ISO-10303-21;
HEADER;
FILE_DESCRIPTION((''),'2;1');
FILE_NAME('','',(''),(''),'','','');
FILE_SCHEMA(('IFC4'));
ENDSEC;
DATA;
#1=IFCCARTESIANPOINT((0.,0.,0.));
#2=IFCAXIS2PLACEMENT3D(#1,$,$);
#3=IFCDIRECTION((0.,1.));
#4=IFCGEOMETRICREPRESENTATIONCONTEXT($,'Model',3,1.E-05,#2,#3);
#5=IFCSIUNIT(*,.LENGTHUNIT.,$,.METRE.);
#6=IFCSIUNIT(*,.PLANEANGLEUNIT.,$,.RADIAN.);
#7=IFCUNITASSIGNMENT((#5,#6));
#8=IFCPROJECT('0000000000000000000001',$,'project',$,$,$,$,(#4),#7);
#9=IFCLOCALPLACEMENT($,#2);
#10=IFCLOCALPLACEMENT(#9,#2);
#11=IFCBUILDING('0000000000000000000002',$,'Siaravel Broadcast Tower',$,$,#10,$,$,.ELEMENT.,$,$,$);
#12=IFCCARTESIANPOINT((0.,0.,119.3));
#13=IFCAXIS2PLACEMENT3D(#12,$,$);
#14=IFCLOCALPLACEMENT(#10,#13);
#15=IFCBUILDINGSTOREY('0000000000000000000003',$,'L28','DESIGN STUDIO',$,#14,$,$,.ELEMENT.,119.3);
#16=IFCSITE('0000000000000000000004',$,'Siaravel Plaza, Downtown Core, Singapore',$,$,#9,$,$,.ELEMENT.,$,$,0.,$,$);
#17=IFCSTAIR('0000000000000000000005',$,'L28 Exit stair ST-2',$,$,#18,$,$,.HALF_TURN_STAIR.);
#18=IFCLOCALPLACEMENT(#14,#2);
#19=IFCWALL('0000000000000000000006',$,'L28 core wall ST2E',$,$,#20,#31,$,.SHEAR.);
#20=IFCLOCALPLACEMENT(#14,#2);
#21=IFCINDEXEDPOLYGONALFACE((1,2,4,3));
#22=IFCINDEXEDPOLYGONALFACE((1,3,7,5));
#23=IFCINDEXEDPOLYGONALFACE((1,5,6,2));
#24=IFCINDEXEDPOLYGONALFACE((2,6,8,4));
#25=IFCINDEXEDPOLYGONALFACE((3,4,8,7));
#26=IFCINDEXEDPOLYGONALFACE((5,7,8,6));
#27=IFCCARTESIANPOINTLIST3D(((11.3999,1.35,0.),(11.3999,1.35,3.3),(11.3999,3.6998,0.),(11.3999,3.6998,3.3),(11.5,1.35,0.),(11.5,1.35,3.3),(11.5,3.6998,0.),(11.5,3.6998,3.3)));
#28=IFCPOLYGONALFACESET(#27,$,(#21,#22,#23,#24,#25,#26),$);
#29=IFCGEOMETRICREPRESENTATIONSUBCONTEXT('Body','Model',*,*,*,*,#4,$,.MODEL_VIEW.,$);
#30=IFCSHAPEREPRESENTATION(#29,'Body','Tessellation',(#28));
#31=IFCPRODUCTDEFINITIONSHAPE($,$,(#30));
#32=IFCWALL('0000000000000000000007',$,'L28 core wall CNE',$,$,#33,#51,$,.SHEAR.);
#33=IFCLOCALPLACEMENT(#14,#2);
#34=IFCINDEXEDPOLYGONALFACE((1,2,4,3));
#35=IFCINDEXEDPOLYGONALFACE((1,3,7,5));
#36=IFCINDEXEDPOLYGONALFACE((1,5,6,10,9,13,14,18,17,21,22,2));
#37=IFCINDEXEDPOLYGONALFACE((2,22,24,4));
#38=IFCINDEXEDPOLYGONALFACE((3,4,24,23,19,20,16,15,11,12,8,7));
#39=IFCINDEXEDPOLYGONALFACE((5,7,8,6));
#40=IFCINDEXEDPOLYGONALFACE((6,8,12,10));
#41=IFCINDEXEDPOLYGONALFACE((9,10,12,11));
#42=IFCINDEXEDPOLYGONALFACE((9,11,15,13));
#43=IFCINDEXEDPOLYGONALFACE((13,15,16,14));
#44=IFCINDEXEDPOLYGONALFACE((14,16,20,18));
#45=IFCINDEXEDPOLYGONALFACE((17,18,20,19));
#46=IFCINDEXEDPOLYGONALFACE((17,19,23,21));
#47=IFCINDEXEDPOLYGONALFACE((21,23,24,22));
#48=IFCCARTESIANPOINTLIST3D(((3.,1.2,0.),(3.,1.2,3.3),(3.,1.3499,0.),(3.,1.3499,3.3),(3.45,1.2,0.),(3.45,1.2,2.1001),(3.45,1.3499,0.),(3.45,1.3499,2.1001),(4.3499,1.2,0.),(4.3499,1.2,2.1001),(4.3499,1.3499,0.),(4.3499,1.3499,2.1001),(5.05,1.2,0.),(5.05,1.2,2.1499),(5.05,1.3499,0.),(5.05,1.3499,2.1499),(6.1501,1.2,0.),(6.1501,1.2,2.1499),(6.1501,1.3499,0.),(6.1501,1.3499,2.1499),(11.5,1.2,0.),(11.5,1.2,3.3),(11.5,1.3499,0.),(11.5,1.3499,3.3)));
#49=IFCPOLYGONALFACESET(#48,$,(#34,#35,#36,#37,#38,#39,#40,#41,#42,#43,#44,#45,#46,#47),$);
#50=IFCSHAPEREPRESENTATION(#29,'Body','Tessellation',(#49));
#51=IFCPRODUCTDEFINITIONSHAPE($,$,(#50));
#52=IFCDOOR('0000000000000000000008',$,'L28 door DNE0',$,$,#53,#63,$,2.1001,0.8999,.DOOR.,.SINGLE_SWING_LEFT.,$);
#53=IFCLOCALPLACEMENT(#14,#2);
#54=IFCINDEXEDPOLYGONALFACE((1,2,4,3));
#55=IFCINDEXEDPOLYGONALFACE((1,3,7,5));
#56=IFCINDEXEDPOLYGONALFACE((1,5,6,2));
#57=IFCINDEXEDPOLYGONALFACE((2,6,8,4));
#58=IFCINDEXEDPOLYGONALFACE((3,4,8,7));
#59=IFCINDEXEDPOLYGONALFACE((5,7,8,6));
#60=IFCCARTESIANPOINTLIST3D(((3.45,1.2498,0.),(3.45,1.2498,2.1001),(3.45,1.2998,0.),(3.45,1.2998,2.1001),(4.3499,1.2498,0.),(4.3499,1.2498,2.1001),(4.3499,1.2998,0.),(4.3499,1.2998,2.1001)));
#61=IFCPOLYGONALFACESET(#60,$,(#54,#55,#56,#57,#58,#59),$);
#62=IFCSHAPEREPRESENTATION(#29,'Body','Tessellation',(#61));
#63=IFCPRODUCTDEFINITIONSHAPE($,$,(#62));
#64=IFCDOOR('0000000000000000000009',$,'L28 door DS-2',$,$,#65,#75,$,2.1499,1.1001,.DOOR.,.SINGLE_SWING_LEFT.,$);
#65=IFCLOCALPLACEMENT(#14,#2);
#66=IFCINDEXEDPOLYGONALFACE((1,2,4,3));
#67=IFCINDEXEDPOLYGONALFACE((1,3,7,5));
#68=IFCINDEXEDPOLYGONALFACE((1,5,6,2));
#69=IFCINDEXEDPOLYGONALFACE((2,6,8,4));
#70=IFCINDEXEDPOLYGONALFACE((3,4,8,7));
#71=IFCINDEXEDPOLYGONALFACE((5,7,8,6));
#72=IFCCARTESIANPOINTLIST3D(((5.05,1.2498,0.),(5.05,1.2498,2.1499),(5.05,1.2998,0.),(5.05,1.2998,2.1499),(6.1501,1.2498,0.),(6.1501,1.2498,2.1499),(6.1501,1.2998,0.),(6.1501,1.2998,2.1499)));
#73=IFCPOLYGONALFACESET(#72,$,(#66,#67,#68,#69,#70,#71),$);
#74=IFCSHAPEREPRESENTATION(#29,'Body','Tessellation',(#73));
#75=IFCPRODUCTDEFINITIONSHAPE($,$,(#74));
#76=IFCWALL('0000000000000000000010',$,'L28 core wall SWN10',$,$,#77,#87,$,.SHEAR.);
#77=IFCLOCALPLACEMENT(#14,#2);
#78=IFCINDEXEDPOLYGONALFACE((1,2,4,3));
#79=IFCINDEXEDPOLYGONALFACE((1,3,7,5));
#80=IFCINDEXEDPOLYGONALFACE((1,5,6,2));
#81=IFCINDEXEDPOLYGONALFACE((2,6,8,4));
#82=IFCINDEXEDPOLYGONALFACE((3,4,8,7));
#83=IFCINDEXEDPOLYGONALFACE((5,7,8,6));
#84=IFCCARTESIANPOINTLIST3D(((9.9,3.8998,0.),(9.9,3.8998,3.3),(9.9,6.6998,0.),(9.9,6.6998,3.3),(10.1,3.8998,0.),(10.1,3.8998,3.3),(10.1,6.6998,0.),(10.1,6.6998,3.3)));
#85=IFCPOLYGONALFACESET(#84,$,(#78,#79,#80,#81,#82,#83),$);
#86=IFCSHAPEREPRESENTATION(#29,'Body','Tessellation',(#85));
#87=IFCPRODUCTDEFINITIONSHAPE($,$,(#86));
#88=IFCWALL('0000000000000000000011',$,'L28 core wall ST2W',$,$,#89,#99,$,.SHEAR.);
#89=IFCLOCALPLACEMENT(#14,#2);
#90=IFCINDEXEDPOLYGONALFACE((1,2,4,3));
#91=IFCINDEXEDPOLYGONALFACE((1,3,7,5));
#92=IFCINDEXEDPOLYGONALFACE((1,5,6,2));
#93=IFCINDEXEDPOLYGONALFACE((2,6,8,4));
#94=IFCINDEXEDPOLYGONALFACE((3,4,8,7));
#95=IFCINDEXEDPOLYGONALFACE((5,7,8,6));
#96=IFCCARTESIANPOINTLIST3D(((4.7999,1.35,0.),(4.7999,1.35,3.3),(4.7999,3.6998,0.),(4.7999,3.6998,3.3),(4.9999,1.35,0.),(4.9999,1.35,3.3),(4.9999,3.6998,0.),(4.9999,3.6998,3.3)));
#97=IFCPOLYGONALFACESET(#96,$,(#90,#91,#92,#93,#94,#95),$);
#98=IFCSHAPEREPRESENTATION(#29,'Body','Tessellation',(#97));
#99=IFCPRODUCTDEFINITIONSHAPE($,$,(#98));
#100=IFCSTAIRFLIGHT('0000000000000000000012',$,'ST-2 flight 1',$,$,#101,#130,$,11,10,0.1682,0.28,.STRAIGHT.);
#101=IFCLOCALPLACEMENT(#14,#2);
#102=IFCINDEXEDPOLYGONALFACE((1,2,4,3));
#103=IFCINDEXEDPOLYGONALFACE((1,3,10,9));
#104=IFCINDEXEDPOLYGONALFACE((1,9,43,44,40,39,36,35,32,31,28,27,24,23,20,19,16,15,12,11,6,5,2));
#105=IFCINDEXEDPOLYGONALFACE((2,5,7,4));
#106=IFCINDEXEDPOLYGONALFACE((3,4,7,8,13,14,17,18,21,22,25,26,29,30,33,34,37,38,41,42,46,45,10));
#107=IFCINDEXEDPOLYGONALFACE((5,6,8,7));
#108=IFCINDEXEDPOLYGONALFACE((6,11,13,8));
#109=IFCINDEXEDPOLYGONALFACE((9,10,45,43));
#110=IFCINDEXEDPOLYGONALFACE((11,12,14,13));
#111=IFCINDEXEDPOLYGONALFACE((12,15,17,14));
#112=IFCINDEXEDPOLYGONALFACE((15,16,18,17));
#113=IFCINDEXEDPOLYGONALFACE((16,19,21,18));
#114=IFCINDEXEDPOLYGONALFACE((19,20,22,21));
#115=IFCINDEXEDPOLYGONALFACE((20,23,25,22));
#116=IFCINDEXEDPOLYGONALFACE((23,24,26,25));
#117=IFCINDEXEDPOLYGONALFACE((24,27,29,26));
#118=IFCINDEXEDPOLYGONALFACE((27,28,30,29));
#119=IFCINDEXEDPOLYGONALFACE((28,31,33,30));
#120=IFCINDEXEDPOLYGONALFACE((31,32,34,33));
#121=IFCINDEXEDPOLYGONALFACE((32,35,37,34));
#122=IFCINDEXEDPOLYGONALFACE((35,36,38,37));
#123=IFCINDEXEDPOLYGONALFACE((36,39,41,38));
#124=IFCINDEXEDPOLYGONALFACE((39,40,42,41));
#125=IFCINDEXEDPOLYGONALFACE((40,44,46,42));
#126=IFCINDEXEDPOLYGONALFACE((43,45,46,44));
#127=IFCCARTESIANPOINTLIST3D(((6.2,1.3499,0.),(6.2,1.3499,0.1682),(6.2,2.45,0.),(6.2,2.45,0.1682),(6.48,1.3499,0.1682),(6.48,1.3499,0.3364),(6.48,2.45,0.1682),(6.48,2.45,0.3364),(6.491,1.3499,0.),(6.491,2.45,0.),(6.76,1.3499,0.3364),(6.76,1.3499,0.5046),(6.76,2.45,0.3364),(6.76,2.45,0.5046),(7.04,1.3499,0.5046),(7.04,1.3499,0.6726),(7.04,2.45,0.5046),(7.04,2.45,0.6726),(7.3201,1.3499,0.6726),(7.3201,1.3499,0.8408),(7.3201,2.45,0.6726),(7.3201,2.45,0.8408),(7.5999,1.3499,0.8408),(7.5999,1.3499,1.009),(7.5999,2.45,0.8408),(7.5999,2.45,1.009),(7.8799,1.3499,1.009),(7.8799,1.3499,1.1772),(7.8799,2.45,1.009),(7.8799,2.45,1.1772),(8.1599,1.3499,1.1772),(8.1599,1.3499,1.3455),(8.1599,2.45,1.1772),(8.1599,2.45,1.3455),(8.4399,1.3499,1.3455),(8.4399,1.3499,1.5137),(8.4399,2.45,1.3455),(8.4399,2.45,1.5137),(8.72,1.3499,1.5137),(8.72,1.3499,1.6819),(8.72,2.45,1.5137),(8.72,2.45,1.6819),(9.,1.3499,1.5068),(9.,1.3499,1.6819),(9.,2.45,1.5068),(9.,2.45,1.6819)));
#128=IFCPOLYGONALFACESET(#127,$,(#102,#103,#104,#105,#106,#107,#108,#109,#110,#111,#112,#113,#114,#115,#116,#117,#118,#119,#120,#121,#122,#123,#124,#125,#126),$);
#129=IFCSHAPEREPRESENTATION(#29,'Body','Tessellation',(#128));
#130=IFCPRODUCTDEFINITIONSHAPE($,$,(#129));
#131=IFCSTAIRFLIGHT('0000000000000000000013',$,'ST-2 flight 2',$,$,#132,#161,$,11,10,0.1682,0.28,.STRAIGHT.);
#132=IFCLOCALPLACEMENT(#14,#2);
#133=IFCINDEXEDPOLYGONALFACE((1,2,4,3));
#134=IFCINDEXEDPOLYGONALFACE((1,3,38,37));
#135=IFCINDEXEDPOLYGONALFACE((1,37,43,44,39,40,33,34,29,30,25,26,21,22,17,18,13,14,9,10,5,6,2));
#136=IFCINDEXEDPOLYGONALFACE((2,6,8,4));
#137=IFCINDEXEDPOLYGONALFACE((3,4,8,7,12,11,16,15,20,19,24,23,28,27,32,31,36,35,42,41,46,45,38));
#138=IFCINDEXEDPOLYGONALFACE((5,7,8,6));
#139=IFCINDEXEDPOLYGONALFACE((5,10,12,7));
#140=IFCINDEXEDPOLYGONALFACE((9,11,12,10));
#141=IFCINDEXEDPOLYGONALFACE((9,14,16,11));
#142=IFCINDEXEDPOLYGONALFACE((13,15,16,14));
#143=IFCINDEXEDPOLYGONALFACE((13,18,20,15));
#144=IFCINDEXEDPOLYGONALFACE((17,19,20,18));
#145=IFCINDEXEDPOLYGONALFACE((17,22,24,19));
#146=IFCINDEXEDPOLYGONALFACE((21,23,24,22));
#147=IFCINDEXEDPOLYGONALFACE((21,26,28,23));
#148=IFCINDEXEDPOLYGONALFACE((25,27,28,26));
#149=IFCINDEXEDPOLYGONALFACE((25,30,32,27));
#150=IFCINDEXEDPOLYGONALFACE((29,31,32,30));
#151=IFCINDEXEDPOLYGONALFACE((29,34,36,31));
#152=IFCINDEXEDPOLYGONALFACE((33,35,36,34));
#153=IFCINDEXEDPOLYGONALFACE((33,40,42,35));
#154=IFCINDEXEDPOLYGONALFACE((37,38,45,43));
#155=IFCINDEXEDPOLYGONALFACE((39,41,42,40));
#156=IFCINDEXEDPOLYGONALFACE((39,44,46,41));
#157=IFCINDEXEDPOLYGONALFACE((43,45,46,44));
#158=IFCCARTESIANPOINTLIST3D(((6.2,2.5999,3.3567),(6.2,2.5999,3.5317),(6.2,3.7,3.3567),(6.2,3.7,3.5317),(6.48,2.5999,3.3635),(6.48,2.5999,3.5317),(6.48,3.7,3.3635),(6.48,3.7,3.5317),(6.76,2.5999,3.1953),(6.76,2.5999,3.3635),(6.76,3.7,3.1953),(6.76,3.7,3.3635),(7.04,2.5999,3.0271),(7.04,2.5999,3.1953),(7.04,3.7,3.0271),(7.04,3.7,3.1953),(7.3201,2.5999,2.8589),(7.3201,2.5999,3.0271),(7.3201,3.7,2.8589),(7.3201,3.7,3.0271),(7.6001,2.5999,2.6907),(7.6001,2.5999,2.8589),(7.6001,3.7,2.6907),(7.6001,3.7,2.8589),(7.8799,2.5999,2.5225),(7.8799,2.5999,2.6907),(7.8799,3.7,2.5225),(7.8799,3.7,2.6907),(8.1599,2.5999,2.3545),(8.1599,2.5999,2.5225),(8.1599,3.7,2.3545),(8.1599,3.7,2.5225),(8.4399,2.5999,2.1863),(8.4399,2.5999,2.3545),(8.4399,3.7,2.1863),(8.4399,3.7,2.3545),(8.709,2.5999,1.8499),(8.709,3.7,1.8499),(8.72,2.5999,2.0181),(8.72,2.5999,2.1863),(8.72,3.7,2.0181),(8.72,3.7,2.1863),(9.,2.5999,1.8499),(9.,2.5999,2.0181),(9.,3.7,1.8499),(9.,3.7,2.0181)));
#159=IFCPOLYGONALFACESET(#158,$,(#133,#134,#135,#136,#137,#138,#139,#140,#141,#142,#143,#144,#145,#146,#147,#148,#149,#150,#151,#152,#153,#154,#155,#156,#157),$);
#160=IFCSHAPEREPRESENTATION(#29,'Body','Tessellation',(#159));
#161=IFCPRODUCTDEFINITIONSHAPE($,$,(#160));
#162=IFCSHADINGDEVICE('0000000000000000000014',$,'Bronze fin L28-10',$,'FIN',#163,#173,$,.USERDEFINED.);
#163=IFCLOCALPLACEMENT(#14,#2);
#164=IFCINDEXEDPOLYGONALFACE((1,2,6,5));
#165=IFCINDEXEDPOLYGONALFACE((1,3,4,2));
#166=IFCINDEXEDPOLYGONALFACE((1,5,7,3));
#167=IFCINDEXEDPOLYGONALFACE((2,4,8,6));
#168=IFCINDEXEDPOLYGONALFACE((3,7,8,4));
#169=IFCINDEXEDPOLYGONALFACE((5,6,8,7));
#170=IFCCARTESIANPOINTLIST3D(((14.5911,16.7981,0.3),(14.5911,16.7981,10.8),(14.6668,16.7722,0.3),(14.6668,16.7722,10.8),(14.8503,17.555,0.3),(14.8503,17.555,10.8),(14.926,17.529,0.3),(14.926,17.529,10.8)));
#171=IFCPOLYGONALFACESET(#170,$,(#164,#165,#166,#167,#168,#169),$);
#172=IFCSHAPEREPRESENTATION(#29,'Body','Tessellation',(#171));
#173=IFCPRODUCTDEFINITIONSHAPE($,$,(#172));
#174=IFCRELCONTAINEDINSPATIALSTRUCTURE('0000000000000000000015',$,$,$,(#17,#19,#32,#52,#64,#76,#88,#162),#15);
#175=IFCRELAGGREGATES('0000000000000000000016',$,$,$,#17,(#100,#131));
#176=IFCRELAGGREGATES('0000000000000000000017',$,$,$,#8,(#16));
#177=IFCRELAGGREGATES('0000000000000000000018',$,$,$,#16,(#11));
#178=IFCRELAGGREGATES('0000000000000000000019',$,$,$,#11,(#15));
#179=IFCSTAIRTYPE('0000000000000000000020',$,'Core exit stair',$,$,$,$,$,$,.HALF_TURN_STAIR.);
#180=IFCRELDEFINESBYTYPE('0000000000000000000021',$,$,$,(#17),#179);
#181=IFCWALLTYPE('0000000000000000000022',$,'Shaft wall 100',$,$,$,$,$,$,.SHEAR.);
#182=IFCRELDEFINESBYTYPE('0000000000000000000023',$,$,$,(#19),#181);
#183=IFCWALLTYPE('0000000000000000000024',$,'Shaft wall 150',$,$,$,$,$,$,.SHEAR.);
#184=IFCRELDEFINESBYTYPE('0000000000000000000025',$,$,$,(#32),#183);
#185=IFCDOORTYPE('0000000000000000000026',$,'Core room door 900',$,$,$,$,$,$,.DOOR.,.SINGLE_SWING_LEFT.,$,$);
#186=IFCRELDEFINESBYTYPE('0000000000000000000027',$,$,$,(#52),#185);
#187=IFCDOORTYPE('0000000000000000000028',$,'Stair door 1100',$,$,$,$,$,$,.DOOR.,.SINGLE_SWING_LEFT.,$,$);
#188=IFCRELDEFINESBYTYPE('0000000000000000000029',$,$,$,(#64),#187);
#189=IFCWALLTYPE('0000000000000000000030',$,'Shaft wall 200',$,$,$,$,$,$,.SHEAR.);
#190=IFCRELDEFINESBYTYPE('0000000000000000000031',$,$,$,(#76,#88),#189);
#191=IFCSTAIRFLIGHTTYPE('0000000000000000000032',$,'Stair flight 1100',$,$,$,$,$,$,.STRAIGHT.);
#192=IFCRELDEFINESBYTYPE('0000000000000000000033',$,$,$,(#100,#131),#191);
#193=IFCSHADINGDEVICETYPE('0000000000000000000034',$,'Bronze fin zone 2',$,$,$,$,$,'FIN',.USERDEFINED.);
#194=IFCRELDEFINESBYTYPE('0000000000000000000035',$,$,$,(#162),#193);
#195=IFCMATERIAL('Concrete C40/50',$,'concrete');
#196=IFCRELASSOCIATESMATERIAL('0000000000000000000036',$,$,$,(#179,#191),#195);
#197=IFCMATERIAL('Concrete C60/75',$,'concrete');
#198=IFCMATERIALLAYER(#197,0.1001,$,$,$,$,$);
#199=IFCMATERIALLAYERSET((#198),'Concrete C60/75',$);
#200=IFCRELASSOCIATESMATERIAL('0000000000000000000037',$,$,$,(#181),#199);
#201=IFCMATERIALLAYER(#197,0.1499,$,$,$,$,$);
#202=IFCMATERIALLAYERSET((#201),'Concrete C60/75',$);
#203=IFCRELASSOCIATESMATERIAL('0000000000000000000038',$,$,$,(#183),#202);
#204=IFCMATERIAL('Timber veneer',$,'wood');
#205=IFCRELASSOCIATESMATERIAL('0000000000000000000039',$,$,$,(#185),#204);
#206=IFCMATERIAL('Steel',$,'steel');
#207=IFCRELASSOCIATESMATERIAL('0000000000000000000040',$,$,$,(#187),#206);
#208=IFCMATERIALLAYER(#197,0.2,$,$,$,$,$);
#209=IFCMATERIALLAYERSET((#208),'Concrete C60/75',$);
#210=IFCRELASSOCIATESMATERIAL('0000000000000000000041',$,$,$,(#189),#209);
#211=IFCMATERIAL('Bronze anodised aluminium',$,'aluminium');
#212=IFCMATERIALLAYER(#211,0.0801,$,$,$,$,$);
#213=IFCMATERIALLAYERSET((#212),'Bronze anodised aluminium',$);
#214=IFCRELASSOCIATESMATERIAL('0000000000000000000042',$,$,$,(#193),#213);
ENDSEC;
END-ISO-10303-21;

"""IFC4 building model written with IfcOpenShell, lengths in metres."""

from ifc_helpers import new_model, si_unit, direction, frame, frame_2d, origin, origin_2d, place, context, subcontext, project, spatial, polyline, rectangle, outline, extrude, material, layer, layer_set, type_object, element, fill, aggregate, save


model = new_model("IFC4")

# Units and contexts
model_context = context("Model", 3, precision=1e-05, world=origin(), true_north=direction((0.0, 1.0)))
body_context = subcontext(model_context, "Body", "Model", "MODEL_VIEW")
ifc_project = project(units=[si_unit("LENGTHUNIT", "METRE"), si_unit("PLANEANGLEUNIT", "RADIAN")], contexts=[model_context])

# Site, building, storey
site_placement = place(None, origin())
site = spatial("IfcSite", under=ifc_project, at=site_placement, Name="Siaravel Plaza, Downtown Core, Singapore", CompositionType="ELEMENT", RefElevation=0.0)
building_placement = place(site_placement, origin())
building = spatial("IfcBuilding", under=site, at=building_placement, Name="Siaravel Broadcast Tower", CompositionType="ELEMENT")
storey_placement = place(building_placement, frame((0.0, 0.0, 119.3)))
storey = spatial("IfcBuildingStorey", under=building, at=storey_placement, Name="L28", Description="DESIGN STUDIO", CompositionType="ELEMENT", Elevation=119.3)

# Shared definitions
ifc_material_1 = material(Name="Concrete C60/75", Category="concrete")

# Shared definitions
ifc_material_2 = material(Name="Concrete C40/50", Category="concrete")

# Stair
stair_type = type_object("IfcStairType", Name="Core exit stair", PredefinedType="HALF_TURN_STAIR", material=ifc_material_2)
stair_1_placement = place(storey_placement, origin())
stair_1 = element("IfcStair", 1, at=stair_1_placement, inside=storey, type_object=stair_type, Name="L28 Exit stair ST-2", PredefinedType="HALF_TURN_STAIR")

# Shared definitions
ifc_material_3 = material(Name="Timber veneer", Category="wood")

# Wall
ifc_layer_1 = layer(ifc_material_1, 0.1001)
ifc_layer_set_1 = layer_set([ifc_layer_1], Name="Concrete C60/75")
wall_type_1 = type_object("IfcWallType", Name="Shaft wall 100", PredefinedType="SHEAR", material=ifc_layer_set_1)
wall_1_placement = place(storey_placement, frame((11.45, 1.3501, 0.0), z_axis=(0.0, 0.0, 1.0), x_axis=(0.0, 1.0, 0.0)))
element("IfcWall", 2, at=wall_1_placement, inside=storey, type_object=wall_type_1, Name="L28 core wall ST2E", PredefinedType="SHEAR", context=body_context, shape_type="SweptSolid", body=[
    extrude(rectangle(XDim=2.3499, YDim=0.1001, at=frame_2d((1.1748, 0.0))), origin(), (0.0, 0.0, 1.0), 3.3),
])

# Wall, openings, doors
ifc_layer_2 = layer(ifc_material_1, 0.1499)
ifc_layer_set_2 = layer_set([ifc_layer_2], Name="Concrete C60/75")
wall_type_2 = type_object("IfcWallType", Name="Shaft wall 150", PredefinedType="SHEAR", material=ifc_layer_set_2)
wall_2_placement = place(storey_placement, frame((3.0, 1.2749, 0.0), z_axis=(0.0, 0.0, 1.0), x_axis=(1.0, 0.0, 0.0)))
wall_2 = element("IfcWall", 3, at=wall_2_placement, inside=storey, type_object=wall_type_2, Name="L28 core wall CNE", PredefinedType="SHEAR", context=body_context, shape_type="SweptSolid", body=[
    extrude(rectangle(XDim=8.5, YDim=0.1499, at=frame_2d((4.25, 0.0))), origin(), (0.0, 0.0, 1.0), 3.3),
])
opening_1_placement = place(wall_2_placement, frame((2.05, 0.0, 0.0)))
opening_1 = element("IfcOpeningElement", 4, at=opening_1_placement, cuts=wall_2, PredefinedType="OPENING", context=body_context, shape_type="SweptSolid", body=[
    extrude(rectangle(XDim=1.1001, YDim=2.1499, at=frame_2d((0.55, 1.075))), frame((0.0, 0.085, 0.0), z_axis=(0.0, -1.0, 0.0), x_axis=(1.0, 0.0, 0.0)), (0.0, 0.0, 1.0), 0.1699),
])
opening_2_placement = place(wall_2_placement, frame((0.45, 0.0, 0.0)))
opening_2 = element("IfcOpeningElement", 5, at=opening_2_placement, cuts=wall_2, PredefinedType="OPENING", context=body_context, shape_type="SweptSolid", body=[
    extrude(rectangle(XDim=0.8999, YDim=2.1001, at=frame_2d((0.45, 1.05))), frame((0.0, 0.085, 0.0), z_axis=(0.0, -1.0, 0.0), x_axis=(1.0, 0.0, 0.0)), (0.0, 0.0, 1.0), 0.1699),
])
door_type_1 = type_object("IfcDoorType", Name="Core room door 900", OperationType="SINGLE_SWING_LEFT", PredefinedType="DOOR", material=ifc_material_3)
door_1_placement = place(opening_2_placement, origin())
door_1 = element("IfcDoor", 6, at=door_1_placement, inside=storey, type_object=door_type_1, Name="L28 door DNE0", OperationType="SINGLE_SWING_LEFT", OverallHeight=2.1001, OverallWidth=0.8999, PredefinedType="DOOR", context=body_context, shape_type="SweptSolid", body=[
    extrude(rectangle(XDim=0.8999, YDim=2.1001, at=frame_2d((0.45, 1.05))), frame((0.0, 0.0249, 0.0), z_axis=(0.0, -1.0, 0.0), x_axis=(1.0, 0.0, 0.0)), (0.0, 0.0, 1.0), 0.05),
])
fill(opening_2, door_1)
ifc_material_4 = material(Name="Steel", Category="steel")
door_type_2 = type_object("IfcDoorType", Name="Stair door 1100", OperationType="SINGLE_SWING_LEFT", PredefinedType="DOOR", material=ifc_material_4)
door_2_placement = place(opening_1_placement, origin())
door_2 = element("IfcDoor", 7, at=door_2_placement, inside=storey, type_object=door_type_2, Name="L28 door DS-2", OperationType="SINGLE_SWING_LEFT", OverallHeight=2.1499, OverallWidth=1.1001, PredefinedType="DOOR", context=body_context, shape_type="SweptSolid", body=[
    extrude(rectangle(XDim=1.1001, YDim=2.1499, at=frame_2d((0.55, 1.075))), frame((0.0, 0.0249, 0.0), z_axis=(0.0, -1.0, 0.0), x_axis=(1.0, 0.0, 0.0)), (0.0, 0.0, 1.0), 0.05),
])
fill(opening_1, door_2)

# Walls
ifc_layer_3 = layer(ifc_material_1, 0.2)
ifc_layer_set_3 = layer_set([ifc_layer_3], Name="Concrete C60/75")
wall_type_3 = type_object("IfcWallType", Name="Shaft wall 200", PredefinedType="SHEAR", material=ifc_layer_set_3)
wall_3_placement = place(storey_placement, frame((10.0, 3.8999, 0.0), z_axis=(0.0, 0.0, 1.0), x_axis=(0.0, 1.0, 0.0)))
element("IfcWall", 8, at=wall_3_placement, inside=storey, type_object=wall_type_3, Name="L28 core wall SWN10", PredefinedType="SHEAR", context=body_context, shape_type="SweptSolid", body=[
    extrude(rectangle(XDim=2.8, YDim=0.2, at=frame_2d((1.3999, 0.0))), origin(), (0.0, 0.0, 1.0), 3.3),
])
wall_4_placement = place(storey_placement, frame((4.8999, 1.3501, 0.0), z_axis=(0.0, 0.0, 1.0), x_axis=(0.0, 1.0, 0.0)))
element("IfcWall", 9, at=wall_4_placement, inside=storey, type_object=wall_type_3, Name="L28 core wall ST2W", PredefinedType="SHEAR", context=body_context, shape_type="SweptSolid", body=[
    extrude(rectangle(XDim=2.3499, YDim=0.2, at=frame_2d((1.1748, 0.0))), origin(), (0.0, 0.0, 1.0), 3.3),
])

# Stair flights
stair_flight_type = type_object("IfcStairFlightType", Name="Stair flight 1100", PredefinedType="STRAIGHT", material=ifc_material_2)
stair_flight_1_placement = place(storey_placement, frame((6.2, 1.8999, 0.0), z_axis=(0.0, 0.0, 1.0), x_axis=(1.0, 0.0, 0.0)))
stair_flight_1 = element("IfcStairFlight", 10, at=stair_flight_1_placement, type_object=stair_flight_type, Name="ST-2 flight 1", NumberOfRisers=11, NumberOfTreads=10, PredefinedType="STRAIGHT", RiserHeight=0.1682, TreadLength=0.28, context=body_context, shape_type="SweptSolid", body=[
    extrude(outline(polyline([(0.0, 0.0), (0.0, 0.1682), (0.28, 0.1682), (0.28, 0.3364), (0.5601, 0.3364), (0.5601, 0.5046), (0.8401, 0.5046), (0.8401, 0.6726), (1.1201, 0.6726), (1.1201, 0.8408), (1.3999, 0.8408), (1.3999, 1.009), (1.6799, 1.009), (1.6799, 1.1772), (1.96, 1.1772), (1.96, 1.3455), (2.24, 1.3455), (2.24, 1.5137), (2.52, 1.5137), (2.52, 1.6819), (2.8, 1.6819), (2.8, 1.8501), (2.8, 1.5068), (0.291, 0.0), (0.0, 0.0)])), frame((0.0, 0.55, 0.0), z_axis=(0.0, -1.0, 0.0), x_axis=(1.0, 0.0, 0.0)), (0.0, 0.0, 1.0), 1.1001),
])
stair_flight_2_placement = place(storey_placement, frame((9.0, 3.1499, 1.8499), z_axis=(0.0, 0.0, 1.0), x_axis=(-1.0, 0.0, 0.0)))
stair_flight_2 = element("IfcStairFlight", 11, at=stair_flight_2_placement, type_object=stair_flight_type, Name="ST-2 flight 2", NumberOfRisers=11, NumberOfTreads=10, PredefinedType="STRAIGHT", RiserHeight=0.1682, TreadLength=0.28, context=body_context, shape_type="SweptSolid", body=[
    extrude(outline(polyline([(0.0, 0.0), (0.0, 0.1682), (0.28, 0.1682), (0.28, 0.3364), (0.5601, 0.3364), (0.5601, 0.5046), (0.8401, 0.5046), (0.8401, 0.6726), (1.1201, 0.6726), (1.1201, 0.8408), (1.3999, 0.8408), (1.3999, 1.009), (1.6799, 1.009), (1.6799, 1.1772), (1.96, 1.1772), (1.96, 1.3455), (2.24, 1.3455), (2.24, 1.5137), (2.52, 1.5137), (2.52, 1.6819), (2.8, 1.6819), (2.8, 1.8501), (2.8, 1.5068), (0.291, 0.0), (0.0, 0.0)])), frame((0.0, 0.55, 0.0), z_axis=(0.0, -1.0, 0.0), x_axis=(1.0, 0.0, 0.0)), (0.0, 0.0, 1.0), 1.1001),
])
aggregate(stair_1, [stair_flight_1, stair_flight_2])

# Shading device
ifc_material_5 = material(Name="Bronze anodised aluminium", Category="aluminium")
ifc_layer_4 = layer(ifc_material_5, 0.0801)
ifc_layer_set_4 = layer_set([ifc_layer_4], Name="Bronze anodised aluminium")
shading_device_type = type_object("IfcShadingDeviceType", Name="Bronze fin zone 2", ElementType="FIN", PredefinedType="USERDEFINED", material=ifc_layer_set_4)
shading_device_placement = place(storey_placement, frame((14.7585, 17.1636, 0.3), z_axis=(0.0, 0.0, 1.0), x_axis=(0.323992, 0.94606, 0.0)))
element("IfcShadingDevice", 12, at=shading_device_placement, inside=storey, type_object=shading_device_type, Name="Bronze fin L28-10", ObjectType="FIN", PredefinedType="USERDEFINED", context=body_context, shape_type="SweptSolid", body=[
    extrude(rectangle(XDim=0.8, YDim=0.0801, at=origin_2d()), origin(), (0.0, 0.0, 1.0), 10.5),
])

save(model, "model.ifc")
